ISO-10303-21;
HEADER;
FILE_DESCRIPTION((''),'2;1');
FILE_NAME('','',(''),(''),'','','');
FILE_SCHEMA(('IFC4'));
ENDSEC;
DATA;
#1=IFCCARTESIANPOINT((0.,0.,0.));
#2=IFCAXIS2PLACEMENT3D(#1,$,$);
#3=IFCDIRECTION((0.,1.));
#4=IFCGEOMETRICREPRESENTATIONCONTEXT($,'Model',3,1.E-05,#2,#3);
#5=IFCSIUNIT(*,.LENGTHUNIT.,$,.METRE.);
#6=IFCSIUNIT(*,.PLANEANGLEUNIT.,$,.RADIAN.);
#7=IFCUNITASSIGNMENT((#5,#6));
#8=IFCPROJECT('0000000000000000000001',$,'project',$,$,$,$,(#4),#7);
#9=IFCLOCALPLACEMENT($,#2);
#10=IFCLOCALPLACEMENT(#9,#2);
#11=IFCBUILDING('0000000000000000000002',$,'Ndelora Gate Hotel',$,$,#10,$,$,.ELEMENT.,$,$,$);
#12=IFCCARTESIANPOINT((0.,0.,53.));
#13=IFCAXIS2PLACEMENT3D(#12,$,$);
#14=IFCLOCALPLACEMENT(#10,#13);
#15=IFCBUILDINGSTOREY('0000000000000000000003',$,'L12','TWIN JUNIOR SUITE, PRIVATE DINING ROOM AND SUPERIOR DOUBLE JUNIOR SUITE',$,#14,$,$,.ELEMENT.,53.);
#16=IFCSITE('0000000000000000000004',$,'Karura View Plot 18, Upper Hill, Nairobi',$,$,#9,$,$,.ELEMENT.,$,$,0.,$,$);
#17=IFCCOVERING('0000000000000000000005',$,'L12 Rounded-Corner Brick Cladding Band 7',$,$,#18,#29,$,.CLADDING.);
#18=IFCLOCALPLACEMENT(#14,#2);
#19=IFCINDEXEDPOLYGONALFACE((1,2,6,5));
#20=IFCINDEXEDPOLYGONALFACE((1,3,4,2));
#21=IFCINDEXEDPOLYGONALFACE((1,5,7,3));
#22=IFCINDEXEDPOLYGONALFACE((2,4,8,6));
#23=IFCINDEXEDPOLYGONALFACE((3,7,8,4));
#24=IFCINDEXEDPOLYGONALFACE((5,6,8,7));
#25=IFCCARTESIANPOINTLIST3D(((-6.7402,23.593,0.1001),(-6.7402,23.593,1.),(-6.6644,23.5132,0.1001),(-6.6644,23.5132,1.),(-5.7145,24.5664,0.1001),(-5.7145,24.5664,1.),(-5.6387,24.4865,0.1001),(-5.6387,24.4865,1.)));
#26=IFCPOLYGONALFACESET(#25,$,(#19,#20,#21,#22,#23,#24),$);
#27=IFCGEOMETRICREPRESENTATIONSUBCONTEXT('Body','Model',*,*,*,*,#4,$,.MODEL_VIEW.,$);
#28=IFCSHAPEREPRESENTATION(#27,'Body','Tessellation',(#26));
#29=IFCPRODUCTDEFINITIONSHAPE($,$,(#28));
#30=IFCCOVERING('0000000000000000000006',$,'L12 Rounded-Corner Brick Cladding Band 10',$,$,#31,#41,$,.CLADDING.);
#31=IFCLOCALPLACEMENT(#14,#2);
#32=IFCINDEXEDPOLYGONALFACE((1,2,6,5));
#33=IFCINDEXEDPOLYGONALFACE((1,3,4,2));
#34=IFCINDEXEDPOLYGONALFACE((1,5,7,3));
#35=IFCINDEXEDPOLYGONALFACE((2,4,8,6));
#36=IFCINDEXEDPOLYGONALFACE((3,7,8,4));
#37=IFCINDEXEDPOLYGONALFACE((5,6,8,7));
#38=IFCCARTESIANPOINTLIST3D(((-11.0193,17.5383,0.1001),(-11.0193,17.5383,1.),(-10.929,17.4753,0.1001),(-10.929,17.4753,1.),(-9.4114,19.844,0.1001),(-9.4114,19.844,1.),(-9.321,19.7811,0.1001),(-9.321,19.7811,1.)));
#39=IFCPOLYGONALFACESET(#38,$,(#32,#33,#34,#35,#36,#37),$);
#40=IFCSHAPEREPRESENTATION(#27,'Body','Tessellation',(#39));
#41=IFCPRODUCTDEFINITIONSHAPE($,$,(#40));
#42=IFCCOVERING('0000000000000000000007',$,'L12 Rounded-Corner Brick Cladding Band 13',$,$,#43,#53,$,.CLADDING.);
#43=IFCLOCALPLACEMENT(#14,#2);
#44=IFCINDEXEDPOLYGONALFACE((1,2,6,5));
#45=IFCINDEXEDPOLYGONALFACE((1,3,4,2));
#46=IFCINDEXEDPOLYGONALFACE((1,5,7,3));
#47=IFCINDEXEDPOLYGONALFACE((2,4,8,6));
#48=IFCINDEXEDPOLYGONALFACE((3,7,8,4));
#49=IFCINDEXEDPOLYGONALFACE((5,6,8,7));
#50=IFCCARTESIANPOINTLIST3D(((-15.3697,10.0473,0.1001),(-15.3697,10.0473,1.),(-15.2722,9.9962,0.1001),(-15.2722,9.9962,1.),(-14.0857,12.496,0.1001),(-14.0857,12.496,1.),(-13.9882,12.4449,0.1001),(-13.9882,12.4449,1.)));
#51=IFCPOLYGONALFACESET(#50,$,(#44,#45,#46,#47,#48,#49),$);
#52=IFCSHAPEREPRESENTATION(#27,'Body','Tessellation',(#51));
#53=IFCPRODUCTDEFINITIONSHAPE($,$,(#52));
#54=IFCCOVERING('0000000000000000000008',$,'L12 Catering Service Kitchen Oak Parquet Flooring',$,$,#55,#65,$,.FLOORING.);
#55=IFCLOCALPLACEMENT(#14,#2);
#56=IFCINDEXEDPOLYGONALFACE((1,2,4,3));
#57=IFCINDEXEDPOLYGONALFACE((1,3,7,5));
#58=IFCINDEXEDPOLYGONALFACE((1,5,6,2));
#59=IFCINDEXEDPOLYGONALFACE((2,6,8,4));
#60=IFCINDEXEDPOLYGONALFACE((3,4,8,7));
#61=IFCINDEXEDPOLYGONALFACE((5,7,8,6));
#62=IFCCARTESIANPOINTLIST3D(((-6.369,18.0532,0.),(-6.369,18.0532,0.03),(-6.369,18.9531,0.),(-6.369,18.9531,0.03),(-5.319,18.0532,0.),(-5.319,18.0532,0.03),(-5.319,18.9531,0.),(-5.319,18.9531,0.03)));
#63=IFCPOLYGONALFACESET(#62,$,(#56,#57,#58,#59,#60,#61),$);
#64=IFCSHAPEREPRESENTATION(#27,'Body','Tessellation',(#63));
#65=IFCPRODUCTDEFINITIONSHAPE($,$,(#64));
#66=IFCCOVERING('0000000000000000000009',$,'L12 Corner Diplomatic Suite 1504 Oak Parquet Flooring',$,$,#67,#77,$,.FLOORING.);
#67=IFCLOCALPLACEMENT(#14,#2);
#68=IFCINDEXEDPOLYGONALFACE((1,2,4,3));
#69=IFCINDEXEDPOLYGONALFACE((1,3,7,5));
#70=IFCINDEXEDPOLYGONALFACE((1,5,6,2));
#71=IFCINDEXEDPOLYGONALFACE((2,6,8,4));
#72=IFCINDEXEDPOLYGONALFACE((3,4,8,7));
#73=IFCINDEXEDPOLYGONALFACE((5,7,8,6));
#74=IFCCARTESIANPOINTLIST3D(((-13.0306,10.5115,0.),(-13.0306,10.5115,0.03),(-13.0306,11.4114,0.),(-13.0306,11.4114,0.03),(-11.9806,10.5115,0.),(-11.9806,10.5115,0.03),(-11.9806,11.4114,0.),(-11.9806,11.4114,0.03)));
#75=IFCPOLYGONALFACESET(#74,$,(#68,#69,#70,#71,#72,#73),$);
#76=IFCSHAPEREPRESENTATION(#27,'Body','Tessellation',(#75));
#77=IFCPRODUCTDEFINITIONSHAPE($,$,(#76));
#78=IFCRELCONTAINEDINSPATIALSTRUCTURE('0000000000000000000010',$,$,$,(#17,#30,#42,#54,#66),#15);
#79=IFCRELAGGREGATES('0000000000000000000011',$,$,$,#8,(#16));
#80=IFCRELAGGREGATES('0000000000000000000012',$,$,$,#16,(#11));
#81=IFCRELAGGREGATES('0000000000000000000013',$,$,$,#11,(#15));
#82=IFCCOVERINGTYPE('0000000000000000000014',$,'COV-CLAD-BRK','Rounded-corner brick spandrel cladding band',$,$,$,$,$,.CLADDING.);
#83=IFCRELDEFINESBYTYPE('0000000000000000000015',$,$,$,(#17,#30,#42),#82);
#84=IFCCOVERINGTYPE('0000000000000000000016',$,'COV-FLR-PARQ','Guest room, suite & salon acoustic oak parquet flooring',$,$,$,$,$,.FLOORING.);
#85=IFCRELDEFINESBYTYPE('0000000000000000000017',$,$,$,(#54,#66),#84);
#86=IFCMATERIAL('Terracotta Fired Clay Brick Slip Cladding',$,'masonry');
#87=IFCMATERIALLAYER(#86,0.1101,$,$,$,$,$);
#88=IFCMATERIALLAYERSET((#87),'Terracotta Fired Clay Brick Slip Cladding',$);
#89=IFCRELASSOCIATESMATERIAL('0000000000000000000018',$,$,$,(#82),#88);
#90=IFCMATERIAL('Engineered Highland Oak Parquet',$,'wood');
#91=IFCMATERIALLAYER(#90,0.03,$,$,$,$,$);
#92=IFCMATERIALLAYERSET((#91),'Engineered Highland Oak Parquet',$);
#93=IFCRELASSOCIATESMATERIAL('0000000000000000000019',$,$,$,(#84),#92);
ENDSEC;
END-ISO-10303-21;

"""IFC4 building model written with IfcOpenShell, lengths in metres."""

from ifc_helpers import new_model, si_unit, direction, frame, origin, origin_2d, place, context, subcontext, project, spatial, rectangle, extrude, material, layer, layer_set, type_object, element, save


model = new_model("IFC4")

# Units and contexts
model_context = context("Model", 3, precision=1e-05, world=origin(), true_north=direction((0.0, 1.0)))
body_context = subcontext(model_context, "Body", "Model", "MODEL_VIEW")
ifc_project = project(units=[si_unit("LENGTHUNIT", "METRE"), si_unit("PLANEANGLEUNIT", "RADIAN")], contexts=[model_context])

# Site, building, storey
site_placement = place(None, origin())
site = spatial("IfcSite", under=ifc_project, at=site_placement, Name="Karura View Plot 18, Upper Hill, Nairobi", CompositionType="ELEMENT", RefElevation=0.0)
building_placement = place(site_placement, origin())
building = spatial("IfcBuilding", under=site, at=building_placement, Name="Ndelora Gate Hotel", CompositionType="ELEMENT")
storey_placement = place(building_placement, frame((0.0, 0.0, 53.0)))
storey = spatial("IfcBuildingStorey", under=building, at=storey_placement, Name="L12", Description="TWIN JUNIOR SUITE, PRIVATE DINING ROOM AND SUPERIOR DOUBLE JUNIOR SUITE", CompositionType="ELEMENT", Elevation=53.0)

# Coverings
ifc_material_1 = material(Name="Terracotta Fired Clay Brick Slip Cladding", Category="masonry")
ifc_layer_1 = layer(ifc_material_1, 0.1101)
ifc_layer_set_1 = layer_set([ifc_layer_1], Name="Terracotta Fired Clay Brick Slip Cladding")
covering_type_1 = type_object("IfcCoveringType", Name="COV-CLAD-BRK", Description="Rounded-corner brick spandrel cladding band", PredefinedType="CLADDING", material=ifc_layer_set_1)
for number, where, z_axis, x_axis, name in (
    (1, (-6.1895, 24.0398, 0.1001), (0.0, 0.0, 1.0), (0.725374, 0.688355, 0.0), "L12 Rounded-Corner Brick Cladding Band 7"),
):
    element("IfcCovering", number, at=place(storey_placement, frame(where, z_axis=z_axis, x_axis=x_axis)), inside=storey, type_object=covering_type_1, Name=name, PredefinedType="CLADDING", context=body_context, shape_type="SweptSolid", body=[
        extrude(rectangle(XDim=1.4141, YDim=0.1101, at=origin_2d()), origin(), (0.0, 0.0, 1.0), 0.8999),
    ])
covering_1_placement = place(storey_placement, frame((-10.1702, 18.6597, 0.1001), z_axis=(0.0, 0.0, 1.0), x_axis=(0.572003, 0.820252, 0.0)))
element("IfcCovering", 2, at=covering_1_placement, inside=storey, type_object=covering_type_1, Name="L12 Rounded-Corner Brick Cladding Band 10", PredefinedType="CLADDING", context=body_context, shape_type="SweptSolid", body=[
    extrude(rectangle(XDim=2.811, YDim=0.1101, at=origin_2d()), origin(), (0.0, 0.0, 1.0), 0.8999),
])
covering_2_placement = place(storey_placement, frame((-14.679, 11.2461, 0.1001), z_axis=(0.0, 0.0, 1.0), x_axis=(0.464378, 0.885637, 0.0)))
element("IfcCovering", 3, at=covering_2_placement, inside=storey, type_object=covering_type_1, Name="L12 Rounded-Corner Brick Cladding Band 13", PredefinedType="CLADDING", context=body_context, shape_type="SweptSolid", body=[
    extrude(rectangle(XDim=2.7649, YDim=0.1101, at=origin_2d()), origin(), (0.0, 0.0, 1.0), 0.8999),
])
ifc_material_2 = material(Name="Engineered Highland Oak Parquet", Category="wood")
ifc_layer_2 = layer(ifc_material_2, 0.03)
ifc_layer_set_2 = layer_set([ifc_layer_2], Name="Engineered Highland Oak Parquet")
covering_type_2 = type_object("IfcCoveringType", Name="COV-FLR-PARQ", Description="Guest room, suite & salon acoustic oak parquet flooring", PredefinedType="FLOORING", material=ifc_layer_set_2)
for number, where, z_axis, x_axis, name in (
    (4, (-5.844, 18.5032, 0.0), (0.0, 0.0, 1.0), (1.0, 0.0, 0.0), "L12 Catering Service Kitchen Oak Parquet Flooring"),
    (5, (-12.5056, 10.9614, 0.0), (0.0, 0.0, 1.0), (1.0, 0.0, 0.0), "L12 Corner Diplomatic Suite 1504 Oak Parquet Flooring"),
):
    element("IfcCovering", number, at=place(storey_placement, frame(where, z_axis=z_axis, x_axis=x_axis)), inside=storey, type_object=covering_type_2, Name=name, PredefinedType="FLOORING", context=body_context, shape_type="SweptSolid", body=[
        extrude(rectangle(XDim=1.05, YDim=0.8999, at=origin_2d()), origin(), (0.0, 0.0, 1.0), 0.03),
    ])

save(model, "model.ifc")
